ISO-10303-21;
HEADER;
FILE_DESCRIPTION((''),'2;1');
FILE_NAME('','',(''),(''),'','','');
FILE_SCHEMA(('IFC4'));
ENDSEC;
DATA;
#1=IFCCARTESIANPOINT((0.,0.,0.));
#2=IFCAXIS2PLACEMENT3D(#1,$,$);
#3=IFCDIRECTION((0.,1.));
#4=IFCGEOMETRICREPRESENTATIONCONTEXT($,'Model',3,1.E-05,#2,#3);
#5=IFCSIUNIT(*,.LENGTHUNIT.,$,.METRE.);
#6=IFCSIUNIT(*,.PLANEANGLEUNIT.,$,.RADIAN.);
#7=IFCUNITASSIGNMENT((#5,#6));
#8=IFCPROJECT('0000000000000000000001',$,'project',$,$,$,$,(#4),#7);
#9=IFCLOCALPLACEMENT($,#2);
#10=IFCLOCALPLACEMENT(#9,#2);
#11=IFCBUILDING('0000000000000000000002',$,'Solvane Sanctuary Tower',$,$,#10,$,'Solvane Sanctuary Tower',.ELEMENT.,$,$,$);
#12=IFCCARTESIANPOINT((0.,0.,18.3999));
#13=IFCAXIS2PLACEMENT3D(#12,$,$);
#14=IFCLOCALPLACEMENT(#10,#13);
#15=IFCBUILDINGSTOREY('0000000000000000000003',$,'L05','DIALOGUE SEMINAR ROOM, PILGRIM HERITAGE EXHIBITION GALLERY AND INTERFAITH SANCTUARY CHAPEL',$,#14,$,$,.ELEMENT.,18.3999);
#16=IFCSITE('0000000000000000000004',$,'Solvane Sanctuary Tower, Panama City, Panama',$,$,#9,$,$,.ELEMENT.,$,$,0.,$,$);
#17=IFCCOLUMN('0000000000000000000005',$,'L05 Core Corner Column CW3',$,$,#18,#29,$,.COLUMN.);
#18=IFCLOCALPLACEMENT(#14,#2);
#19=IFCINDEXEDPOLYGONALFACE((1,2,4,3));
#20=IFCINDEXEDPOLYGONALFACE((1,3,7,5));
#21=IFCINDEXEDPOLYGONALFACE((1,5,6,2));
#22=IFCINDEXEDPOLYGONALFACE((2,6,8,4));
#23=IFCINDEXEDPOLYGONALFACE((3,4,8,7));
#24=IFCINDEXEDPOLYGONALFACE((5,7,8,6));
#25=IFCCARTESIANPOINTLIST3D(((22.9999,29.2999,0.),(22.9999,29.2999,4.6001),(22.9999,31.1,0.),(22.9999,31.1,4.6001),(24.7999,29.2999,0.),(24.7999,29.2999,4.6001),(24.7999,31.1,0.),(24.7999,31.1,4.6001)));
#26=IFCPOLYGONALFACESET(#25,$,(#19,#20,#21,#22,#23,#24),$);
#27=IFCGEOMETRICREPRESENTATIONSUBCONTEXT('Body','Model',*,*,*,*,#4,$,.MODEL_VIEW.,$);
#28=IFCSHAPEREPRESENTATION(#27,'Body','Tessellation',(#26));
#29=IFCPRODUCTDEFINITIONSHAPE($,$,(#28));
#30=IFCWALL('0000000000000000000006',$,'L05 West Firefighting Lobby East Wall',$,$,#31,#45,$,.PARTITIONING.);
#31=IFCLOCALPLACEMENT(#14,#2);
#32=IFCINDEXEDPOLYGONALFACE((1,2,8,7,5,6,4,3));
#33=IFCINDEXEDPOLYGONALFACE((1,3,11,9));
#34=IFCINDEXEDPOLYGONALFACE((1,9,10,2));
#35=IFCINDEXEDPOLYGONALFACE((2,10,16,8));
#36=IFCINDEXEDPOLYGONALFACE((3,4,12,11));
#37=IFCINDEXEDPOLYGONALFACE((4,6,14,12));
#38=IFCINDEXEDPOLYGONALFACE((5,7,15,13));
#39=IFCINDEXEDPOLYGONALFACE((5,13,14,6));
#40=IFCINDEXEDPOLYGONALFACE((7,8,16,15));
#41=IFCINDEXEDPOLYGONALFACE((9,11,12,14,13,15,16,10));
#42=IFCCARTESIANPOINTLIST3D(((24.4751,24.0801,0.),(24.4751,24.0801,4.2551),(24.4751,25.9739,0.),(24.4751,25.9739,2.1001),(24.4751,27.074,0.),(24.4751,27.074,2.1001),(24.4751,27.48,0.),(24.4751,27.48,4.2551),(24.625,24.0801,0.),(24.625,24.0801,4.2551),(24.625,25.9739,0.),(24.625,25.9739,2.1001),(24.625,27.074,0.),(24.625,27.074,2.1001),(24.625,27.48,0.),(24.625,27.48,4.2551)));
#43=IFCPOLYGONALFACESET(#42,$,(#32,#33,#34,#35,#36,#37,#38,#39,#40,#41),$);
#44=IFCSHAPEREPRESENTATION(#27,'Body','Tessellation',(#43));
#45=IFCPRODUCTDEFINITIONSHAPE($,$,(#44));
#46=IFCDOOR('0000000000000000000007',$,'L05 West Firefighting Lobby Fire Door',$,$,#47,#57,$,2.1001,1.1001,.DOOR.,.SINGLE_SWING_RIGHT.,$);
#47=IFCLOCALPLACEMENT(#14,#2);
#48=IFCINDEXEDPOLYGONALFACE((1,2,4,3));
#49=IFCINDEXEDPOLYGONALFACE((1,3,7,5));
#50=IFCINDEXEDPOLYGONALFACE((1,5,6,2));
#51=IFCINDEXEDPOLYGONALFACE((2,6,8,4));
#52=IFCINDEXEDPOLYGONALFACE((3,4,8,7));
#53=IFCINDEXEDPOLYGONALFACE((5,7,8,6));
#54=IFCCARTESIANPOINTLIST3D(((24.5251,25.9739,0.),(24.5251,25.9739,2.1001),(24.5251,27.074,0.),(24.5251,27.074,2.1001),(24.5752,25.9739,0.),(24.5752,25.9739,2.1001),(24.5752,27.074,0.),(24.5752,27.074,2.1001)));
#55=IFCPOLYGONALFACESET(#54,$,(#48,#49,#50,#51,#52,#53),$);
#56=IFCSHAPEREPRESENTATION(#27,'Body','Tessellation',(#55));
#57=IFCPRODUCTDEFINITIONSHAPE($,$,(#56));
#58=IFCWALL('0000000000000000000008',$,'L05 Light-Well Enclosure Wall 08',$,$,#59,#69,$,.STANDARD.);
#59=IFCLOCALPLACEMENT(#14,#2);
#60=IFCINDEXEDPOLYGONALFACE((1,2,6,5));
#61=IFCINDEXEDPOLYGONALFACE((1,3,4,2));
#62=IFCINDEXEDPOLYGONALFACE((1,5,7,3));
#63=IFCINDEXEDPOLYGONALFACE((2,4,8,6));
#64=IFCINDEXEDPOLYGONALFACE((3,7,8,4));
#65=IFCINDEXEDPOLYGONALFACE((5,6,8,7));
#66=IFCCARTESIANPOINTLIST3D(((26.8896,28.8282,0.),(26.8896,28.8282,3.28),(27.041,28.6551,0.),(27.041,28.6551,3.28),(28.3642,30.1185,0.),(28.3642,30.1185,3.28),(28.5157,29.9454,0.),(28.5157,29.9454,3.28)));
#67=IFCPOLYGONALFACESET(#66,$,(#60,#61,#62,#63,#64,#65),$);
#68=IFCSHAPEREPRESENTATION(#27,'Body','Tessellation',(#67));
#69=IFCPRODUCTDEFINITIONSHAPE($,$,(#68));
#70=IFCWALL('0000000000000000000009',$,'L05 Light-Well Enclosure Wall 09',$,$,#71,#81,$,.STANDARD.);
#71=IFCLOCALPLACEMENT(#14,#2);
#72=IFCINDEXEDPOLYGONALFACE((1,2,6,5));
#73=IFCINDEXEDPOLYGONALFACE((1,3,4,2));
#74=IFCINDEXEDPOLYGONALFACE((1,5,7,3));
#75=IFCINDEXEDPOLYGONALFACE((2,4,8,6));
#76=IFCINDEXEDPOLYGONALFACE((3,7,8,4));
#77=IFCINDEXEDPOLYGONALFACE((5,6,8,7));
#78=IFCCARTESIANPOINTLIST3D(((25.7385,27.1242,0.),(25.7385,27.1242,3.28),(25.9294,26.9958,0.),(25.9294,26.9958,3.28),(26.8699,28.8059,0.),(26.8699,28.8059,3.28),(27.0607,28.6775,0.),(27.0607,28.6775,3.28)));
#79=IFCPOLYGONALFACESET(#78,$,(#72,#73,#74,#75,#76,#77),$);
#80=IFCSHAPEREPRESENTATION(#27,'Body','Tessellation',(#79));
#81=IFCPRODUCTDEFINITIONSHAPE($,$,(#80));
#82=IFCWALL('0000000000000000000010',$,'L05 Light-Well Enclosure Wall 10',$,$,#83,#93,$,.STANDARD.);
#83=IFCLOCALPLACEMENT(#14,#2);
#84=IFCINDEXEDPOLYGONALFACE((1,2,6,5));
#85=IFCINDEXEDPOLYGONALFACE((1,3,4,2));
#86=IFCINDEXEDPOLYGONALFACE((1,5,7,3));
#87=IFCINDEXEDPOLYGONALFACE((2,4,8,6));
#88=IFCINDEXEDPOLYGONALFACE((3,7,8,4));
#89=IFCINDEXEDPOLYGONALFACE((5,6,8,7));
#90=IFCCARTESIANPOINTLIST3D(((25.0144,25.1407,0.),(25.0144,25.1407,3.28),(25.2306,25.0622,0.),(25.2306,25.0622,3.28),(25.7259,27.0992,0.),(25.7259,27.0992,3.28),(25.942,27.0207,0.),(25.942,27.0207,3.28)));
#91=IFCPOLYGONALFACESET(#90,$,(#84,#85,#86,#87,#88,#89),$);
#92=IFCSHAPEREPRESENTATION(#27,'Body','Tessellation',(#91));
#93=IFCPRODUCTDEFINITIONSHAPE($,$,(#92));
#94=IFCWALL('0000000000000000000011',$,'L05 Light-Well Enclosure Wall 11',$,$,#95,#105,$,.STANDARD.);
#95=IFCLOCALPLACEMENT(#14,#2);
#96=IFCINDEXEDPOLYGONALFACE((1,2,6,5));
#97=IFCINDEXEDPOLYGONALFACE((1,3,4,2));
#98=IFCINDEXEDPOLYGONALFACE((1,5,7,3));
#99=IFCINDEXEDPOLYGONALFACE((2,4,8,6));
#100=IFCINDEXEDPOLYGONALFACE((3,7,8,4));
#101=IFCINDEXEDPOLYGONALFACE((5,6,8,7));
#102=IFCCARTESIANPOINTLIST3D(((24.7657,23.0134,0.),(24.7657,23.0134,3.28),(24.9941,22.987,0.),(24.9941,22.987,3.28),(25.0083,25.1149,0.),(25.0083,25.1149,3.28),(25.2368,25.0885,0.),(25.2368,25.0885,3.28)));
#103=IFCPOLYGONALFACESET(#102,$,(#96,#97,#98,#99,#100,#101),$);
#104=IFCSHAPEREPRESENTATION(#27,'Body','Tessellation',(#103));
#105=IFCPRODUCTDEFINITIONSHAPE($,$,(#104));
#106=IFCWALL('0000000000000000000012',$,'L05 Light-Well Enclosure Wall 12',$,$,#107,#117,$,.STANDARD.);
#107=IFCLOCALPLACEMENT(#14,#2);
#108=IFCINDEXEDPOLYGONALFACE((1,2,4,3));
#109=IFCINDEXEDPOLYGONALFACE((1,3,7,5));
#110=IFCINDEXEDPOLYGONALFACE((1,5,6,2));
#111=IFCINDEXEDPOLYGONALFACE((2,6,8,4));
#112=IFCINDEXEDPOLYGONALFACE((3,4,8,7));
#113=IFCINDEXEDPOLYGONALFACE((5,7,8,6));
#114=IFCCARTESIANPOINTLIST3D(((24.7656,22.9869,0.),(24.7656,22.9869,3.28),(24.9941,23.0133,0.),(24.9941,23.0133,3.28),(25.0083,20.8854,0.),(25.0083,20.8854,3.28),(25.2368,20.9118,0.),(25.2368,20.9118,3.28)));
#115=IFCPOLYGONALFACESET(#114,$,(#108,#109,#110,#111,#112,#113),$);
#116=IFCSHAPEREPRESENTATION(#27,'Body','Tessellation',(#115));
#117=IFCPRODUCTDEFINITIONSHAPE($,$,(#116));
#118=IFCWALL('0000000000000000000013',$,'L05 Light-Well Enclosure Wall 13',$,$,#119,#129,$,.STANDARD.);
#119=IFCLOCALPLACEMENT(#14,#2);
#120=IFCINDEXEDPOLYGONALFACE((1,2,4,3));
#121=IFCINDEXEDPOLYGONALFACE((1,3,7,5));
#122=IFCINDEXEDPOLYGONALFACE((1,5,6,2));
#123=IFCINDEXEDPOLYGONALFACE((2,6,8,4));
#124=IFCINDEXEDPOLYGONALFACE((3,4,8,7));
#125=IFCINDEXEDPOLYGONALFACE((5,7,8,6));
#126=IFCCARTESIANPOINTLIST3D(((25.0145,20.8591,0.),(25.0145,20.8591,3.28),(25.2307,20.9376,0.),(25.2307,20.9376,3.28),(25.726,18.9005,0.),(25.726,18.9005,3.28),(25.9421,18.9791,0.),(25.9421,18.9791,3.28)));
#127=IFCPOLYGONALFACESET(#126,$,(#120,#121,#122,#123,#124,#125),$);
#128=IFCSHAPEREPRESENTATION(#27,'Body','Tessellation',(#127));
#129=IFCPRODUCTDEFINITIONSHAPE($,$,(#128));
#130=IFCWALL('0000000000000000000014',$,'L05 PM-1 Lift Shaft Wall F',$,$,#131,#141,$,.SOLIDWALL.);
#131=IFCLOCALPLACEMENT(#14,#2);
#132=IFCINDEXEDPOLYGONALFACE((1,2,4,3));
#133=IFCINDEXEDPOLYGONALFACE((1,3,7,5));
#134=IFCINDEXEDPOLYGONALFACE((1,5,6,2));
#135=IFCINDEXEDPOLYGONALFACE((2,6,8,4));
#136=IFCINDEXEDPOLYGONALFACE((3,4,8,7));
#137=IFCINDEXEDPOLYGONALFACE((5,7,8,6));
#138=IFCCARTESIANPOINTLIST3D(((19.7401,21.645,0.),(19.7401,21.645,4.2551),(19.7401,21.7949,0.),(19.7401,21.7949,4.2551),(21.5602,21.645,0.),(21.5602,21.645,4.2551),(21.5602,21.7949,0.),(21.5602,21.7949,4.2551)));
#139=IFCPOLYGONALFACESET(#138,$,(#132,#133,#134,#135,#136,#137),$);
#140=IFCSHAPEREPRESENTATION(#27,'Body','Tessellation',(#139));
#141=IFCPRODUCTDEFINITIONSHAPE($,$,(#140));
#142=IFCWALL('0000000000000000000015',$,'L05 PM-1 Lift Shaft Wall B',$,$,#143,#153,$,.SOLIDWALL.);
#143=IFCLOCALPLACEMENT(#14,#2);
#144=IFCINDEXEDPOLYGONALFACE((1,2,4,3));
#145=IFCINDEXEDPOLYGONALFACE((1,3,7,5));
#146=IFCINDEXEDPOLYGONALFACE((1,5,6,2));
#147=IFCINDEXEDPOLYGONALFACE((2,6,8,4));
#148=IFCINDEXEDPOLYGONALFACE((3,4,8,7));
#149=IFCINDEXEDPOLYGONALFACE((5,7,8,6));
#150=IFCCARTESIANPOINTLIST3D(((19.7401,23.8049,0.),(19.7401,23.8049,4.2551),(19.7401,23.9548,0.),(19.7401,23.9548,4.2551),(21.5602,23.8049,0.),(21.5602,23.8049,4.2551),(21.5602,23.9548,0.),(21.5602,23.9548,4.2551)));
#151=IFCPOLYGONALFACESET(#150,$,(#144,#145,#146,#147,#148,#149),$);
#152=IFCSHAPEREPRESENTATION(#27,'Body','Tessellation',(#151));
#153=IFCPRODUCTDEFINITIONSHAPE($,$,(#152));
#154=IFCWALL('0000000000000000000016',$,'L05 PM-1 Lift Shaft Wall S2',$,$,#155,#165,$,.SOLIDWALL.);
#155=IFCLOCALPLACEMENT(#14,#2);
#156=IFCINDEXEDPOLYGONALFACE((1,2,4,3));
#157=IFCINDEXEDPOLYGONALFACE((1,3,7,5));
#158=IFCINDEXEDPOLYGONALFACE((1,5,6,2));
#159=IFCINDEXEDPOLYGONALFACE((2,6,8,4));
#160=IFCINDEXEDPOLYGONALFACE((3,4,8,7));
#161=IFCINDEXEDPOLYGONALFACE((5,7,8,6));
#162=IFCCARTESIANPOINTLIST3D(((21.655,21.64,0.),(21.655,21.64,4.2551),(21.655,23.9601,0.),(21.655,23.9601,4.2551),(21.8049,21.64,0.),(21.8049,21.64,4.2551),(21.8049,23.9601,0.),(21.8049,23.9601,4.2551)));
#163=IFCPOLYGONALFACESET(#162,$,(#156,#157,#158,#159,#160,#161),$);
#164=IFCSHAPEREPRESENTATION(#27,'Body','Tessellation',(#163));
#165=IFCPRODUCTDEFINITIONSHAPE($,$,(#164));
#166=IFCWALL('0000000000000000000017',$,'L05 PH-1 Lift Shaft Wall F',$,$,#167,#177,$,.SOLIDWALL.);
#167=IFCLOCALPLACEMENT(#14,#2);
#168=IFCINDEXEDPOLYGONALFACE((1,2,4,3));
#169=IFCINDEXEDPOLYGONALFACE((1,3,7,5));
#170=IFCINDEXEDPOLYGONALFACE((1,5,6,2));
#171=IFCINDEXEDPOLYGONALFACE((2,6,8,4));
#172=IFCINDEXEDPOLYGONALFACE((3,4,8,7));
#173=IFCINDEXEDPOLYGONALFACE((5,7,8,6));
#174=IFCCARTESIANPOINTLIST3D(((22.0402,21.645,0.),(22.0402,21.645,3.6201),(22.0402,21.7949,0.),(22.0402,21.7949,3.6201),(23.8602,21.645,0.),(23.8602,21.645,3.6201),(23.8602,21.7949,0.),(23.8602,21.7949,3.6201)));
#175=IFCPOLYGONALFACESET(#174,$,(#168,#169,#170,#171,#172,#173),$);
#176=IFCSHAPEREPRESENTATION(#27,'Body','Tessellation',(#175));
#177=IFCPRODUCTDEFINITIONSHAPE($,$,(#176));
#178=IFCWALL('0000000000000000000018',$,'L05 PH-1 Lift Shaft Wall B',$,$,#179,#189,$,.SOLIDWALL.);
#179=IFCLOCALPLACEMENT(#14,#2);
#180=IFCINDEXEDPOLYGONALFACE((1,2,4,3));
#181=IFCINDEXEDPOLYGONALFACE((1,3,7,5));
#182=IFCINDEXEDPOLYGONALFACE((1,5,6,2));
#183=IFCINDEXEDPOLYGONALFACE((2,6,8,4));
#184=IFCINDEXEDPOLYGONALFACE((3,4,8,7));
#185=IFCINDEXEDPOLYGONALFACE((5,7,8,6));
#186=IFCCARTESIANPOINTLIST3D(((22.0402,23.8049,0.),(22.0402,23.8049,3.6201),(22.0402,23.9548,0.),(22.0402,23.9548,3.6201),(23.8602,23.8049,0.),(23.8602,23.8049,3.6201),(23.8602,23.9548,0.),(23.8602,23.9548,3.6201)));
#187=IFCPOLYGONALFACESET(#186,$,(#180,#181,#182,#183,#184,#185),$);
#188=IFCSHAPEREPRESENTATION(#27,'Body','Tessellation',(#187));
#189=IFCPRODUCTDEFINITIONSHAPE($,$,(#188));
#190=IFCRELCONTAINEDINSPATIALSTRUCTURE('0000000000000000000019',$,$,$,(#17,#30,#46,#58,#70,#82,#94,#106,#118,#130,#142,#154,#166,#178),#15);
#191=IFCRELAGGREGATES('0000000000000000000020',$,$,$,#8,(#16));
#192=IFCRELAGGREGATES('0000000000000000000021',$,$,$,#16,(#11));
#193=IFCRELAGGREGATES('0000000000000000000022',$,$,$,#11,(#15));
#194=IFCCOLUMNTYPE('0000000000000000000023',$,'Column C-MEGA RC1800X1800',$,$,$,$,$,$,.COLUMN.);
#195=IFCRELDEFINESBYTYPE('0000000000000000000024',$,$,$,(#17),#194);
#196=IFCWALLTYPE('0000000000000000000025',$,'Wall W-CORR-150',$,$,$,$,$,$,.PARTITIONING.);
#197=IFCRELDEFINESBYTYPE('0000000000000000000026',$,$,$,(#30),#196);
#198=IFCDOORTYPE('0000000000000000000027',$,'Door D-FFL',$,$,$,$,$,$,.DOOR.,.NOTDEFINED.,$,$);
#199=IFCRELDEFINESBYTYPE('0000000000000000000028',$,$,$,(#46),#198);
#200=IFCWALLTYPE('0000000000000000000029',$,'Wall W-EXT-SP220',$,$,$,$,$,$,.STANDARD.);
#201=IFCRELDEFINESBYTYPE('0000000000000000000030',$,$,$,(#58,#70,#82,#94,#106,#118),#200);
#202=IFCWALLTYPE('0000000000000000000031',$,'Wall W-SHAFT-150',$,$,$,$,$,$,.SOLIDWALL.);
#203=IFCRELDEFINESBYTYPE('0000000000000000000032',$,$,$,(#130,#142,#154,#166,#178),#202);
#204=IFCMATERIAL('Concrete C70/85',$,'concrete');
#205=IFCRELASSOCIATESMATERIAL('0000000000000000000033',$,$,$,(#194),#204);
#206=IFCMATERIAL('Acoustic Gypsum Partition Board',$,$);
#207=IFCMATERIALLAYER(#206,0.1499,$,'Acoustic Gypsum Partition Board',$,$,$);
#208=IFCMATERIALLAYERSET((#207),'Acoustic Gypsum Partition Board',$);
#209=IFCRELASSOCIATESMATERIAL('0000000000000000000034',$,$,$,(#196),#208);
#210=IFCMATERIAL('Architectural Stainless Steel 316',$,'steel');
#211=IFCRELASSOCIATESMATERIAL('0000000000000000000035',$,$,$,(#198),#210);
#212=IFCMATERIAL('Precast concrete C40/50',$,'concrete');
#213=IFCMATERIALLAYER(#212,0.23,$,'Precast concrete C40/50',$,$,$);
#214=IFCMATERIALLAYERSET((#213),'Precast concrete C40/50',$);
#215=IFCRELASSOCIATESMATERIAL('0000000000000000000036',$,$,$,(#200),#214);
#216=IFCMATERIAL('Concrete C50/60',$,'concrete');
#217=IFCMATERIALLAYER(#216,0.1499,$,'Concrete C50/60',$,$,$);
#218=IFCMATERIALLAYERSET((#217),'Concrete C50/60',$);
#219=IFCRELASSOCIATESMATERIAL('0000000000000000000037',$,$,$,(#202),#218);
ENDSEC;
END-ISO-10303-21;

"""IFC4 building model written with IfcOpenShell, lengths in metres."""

from ifc_helpers import new_model, si_unit, direction, frame, frame_2d, origin, origin_2d, place, context, subcontext, project, spatial, rectangle, extrude, material, layer, layer_set, material_profile, profile_set, type_object, element, fill, save


model = new_model("IFC4")

# Units and contexts
model_context = context("Model", 3, precision=1e-05, world=origin(), true_north=direction((0.0, 1.0)))
body_context = subcontext(model_context, "Body", "Model", "MODEL_VIEW")
ifc_project = project(units=[si_unit("LENGTHUNIT", "METRE"), si_unit("PLANEANGLEUNIT", "RADIAN")], contexts=[model_context])

# Site, building, storey
site_placement = place(None, origin())
site = spatial("IfcSite", under=ifc_project, at=site_placement, Name="Solvane Sanctuary Tower, Panama City, Panama", CompositionType="ELEMENT", RefElevation=0.0)
building_placement = place(site_placement, origin())
building = spatial("IfcBuilding", under=site, at=building_placement, Name="Solvane Sanctuary Tower", LongName="Solvane Sanctuary Tower", CompositionType="ELEMENT")
storey_placement = place(building_placement, frame((0.0, 0.0, 18.3999)))
storey = spatial("IfcBuildingStorey", under=building, at=storey_placement, Name="L05", Description="DIALOGUE SEMINAR ROOM, PILGRIM HERITAGE EXHIBITION GALLERY AND INTERFAITH SANCTUARY CHAPEL", CompositionType="ELEMENT", Elevation=18.3999)

# Column
ifc_material_1 = material(Name="Concrete C70/85", Category="concrete")
ifc_material_profile = material_profile(ifc_material_1, rectangle(XDim=1.8, YDim=1.8, at=origin_2d()), Name="RC1800X1800")
ifc_profile_set = profile_set([ifc_material_profile], Name="Concrete C70/85")
column_type = type_object("IfcColumnType", Name="Column C-MEGA RC1800X1800", PredefinedType="COLUMN", material=ifc_profile_set)
column_placement = place(storey_placement, frame((23.8999, 30.2, 0.0), z_axis=(0.0, 0.0, 1.0), x_axis=(1.0, 0.0, 0.0)))
element("IfcColumn", 1, at=column_placement, inside=storey, type_object=column_type, Name="L05 Core Corner Column CW3", PredefinedType="COLUMN", context=body_context, shape_type="SweptSolid", body=[
    extrude(rectangle(XDim=1.8, YDim=1.8, at=origin_2d()), origin(), (0.0, 0.0, 1.0), 4.6001),
])

# Wall, opening, door
ifc_material_2 = material(Name="Acoustic Gypsum Partition Board")
ifc_layer_1 = layer(ifc_material_2, 0.1499, Name="Acoustic Gypsum Partition Board")
ifc_layer_set_1 = layer_set([ifc_layer_1], Name="Acoustic Gypsum Partition Board")
wall_type_1 = type_object("IfcWallType", Name="Wall W-CORR-150", PredefinedType="PARTITIONING", material=ifc_layer_set_1)
wall_1_placement = place(storey_placement, frame((24.55, 24.0801, 0.0), z_axis=(0.0, 0.0, 1.0), x_axis=(0.0, 1.0, 0.0)))
wall_1 = element("IfcWall", 2, at=wall_1_placement, inside=storey, type_object=wall_type_1, Name="L05 West Firefighting Lobby East Wall", PredefinedType="PARTITIONING", context=body_context, shape_type="SweptSolid", body=[
    extrude(rectangle(XDim=3.3999, YDim=0.1499, at=frame_2d((1.7, 0.0))), origin(), (0.0, 0.0, 1.0), 4.2551),
])
opening_1_placement = place(wall_1_placement, frame((1.8938, 0.0, 0.0)))
opening_1 = element("IfcOpeningElement", 3, at=opening_1_placement, cuts=wall_1, PredefinedType="OPENING", context=body_context, shape_type="SweptSolid", body=[
    extrude(rectangle(XDim=1.1001, YDim=2.1001, at=frame_2d((0.55, 1.05))), frame((0.0, 0.085, 0.0), z_axis=(0.0, -1.0, 0.0), x_axis=(1.0, 0.0, 0.0)), (0.0, 0.0, 1.0), 0.1699),
])
ifc_material_3 = material(Name="Architectural Stainless Steel 316", Category="steel")
door_type_1 = type_object("IfcDoorType", Name="Door D-FFL", OperationType="NOTDEFINED", PredefinedType="DOOR", material=ifc_material_3)
door_1_placement = place(opening_1_placement, origin())
door_1 = element("IfcDoor", 4, at=door_1_placement, inside=storey, type_object=door_type_1, Name="L05 West Firefighting Lobby Fire Door", OperationType="SINGLE_SWING_RIGHT", OverallHeight=2.1001, OverallWidth=1.1001, PredefinedType="DOOR", context=body_context, shape_type="SweptSolid", body=[
    extrude(rectangle(XDim=1.1001, YDim=2.1001, at=frame_2d((0.55, 1.05))), frame((0.0, 0.0249, 0.0), z_axis=(0.0, -1.0, 0.0), x_axis=(1.0, 0.0, 0.0)), (0.0, 0.0, 1.0), 0.05),
])
fill(opening_1, door_1)

# Walls
ifc_material_4 = material(Name="Precast concrete C40/50", Category="concrete")
ifc_layer_2 = layer(ifc_material_4, 0.23, Name="Precast concrete C40/50")
ifc_layer_set_2 = layer_set([ifc_layer_2], Name="Precast concrete C40/50")
wall_type_2 = type_object("IfcWallType", Name="Wall W-EXT-SP220", PredefinedType="STANDARD", material=ifc_layer_set_2)
wall_2_placement = place(storey_placement, frame((28.4399, 30.032, 0.0), z_axis=(0.0, 0.0, 1.0), x_axis=(-0.752577, -0.658505, 0.0)))
element("IfcWall", 5, at=wall_2_placement, inside=storey, type_object=wall_type_2, Name="L05 Light-Well Enclosure Wall 08", PredefinedType="STANDARD", context=body_context, shape_type="SweptSolid", body=[
    extrude(rectangle(XDim=1.9595, YDim=0.23, at=frame_2d((0.9797, 0.0))), origin(), (0.0, 0.0, 1.0), 3.28),
])
wall_3_placement = place(storey_placement, frame((26.9653, 28.7417, 0.0), z_axis=(0.0, 0.0, 1.0), x_axis=(-0.558198, -0.829708, 0.0)))
element("IfcWall", 6, at=wall_3_placement, inside=storey, type_object=wall_type_2, Name="L05 Light-Well Enclosure Wall 09", PredefinedType="STANDARD", context=body_context, shape_type="SweptSolid", body=[
    extrude(rectangle(XDim=2.0269, YDim=0.23, at=frame_2d((1.0134, 0.0))), origin(), (0.0, 0.0, 1.0), 3.28),
])
wall_4_placement = place(storey_placement, frame((25.834, 27.0601, 0.0), z_axis=(0.0, 0.0, 1.0), x_axis=(-0.341423, -0.93991, 0.0)))
element("IfcWall", 7, at=wall_4_placement, inside=storey, type_object=wall_type_2, Name="L05 Light-Well Enclosure Wall 10", PredefinedType="STANDARD", context=body_context, shape_type="SweptSolid", body=[
    extrude(rectangle(XDim=2.0837, YDim=0.23, at=frame_2d((1.042, 0.0))), origin(), (0.0, 0.0, 1.0), 3.28),
])
for number, where, z_axis, x_axis, name in (
    (8, (25.1226, 25.1016, 0.0), (0.0, 0.0, 1.0), (-0.114712, -0.993399, 0.0), "L05 Light-Well Enclosure Wall 11"),
    (9, (24.8799, 23.0, 0.0), (0.0, 0.0, 1.0), (0.114712, -0.993399, 0.0), "L05 Light-Well Enclosure Wall 12"),
):
    element("IfcWall", number, at=place(storey_placement, frame(where, z_axis=z_axis, x_axis=x_axis)), inside=storey, type_object=wall_type_2, Name=name, PredefinedType="STANDARD", context=body_context, shape_type="SweptSolid", body=[
        extrude(rectangle(XDim=2.1155, YDim=0.23, at=frame_2d((1.0576, 0.0))), origin(), (0.0, 0.0, 1.0), 3.28),
    ])
wall_5_placement = place(storey_placement, frame((25.1226, 20.8984, 0.0), z_axis=(0.0, 0.0, 1.0), x_axis=(0.341423, -0.93991, 0.0)))
element("IfcWall", 10, at=wall_5_placement, inside=storey, type_object=wall_type_2, Name="L05 Light-Well Enclosure Wall 13", PredefinedType="STANDARD", context=body_context, shape_type="SweptSolid", body=[
    extrude(rectangle(XDim=2.0837, YDim=0.23, at=frame_2d((1.042, 0.0))), origin(), (0.0, 0.0, 1.0), 3.28),
])
ifc_material_5 = material(Name="Concrete C50/60", Category="concrete")
ifc_layer_3 = layer(ifc_material_5, 0.1499, Name="Concrete C50/60")
ifc_layer_set_3 = layer_set([ifc_layer_3], Name="Concrete C50/60")
wall_type_3 = type_object("IfcWallType", Name="Wall W-SHAFT-150", PredefinedType="SOLIDWALL", material=ifc_layer_set_3)
for number, where, z_axis, x_axis, name in (
    (11, (19.74, 21.72, 0.0), (0.0, 0.0, 1.0), (1.0, 0.0, 0.0), "L05 PM-1 Lift Shaft Wall F"),
    (12, (19.74, 23.8799, 0.0), (0.0, 0.0, 1.0), (1.0, 0.0, 0.0), "L05 PM-1 Lift Shaft Wall B"),
):
    element("IfcWall", number, at=place(storey_placement, frame(where, z_axis=z_axis, x_axis=x_axis)), inside=storey, type_object=wall_type_3, Name=name, PredefinedType="SOLIDWALL", context=body_context, shape_type="SweptSolid", body=[
        extrude(rectangle(XDim=1.8201, YDim=0.1499, at=frame_2d((0.9102, 0.0))), origin(), (0.0, 0.0, 1.0), 4.2551),
    ])
wall_6_placement = place(storey_placement, frame((21.73, 21.6399, 0.0), z_axis=(0.0, 0.0, 1.0), x_axis=(0.0, 1.0, 0.0)))
element("IfcWall", 13, at=wall_6_placement, inside=storey, type_object=wall_type_3, Name="L05 PM-1 Lift Shaft Wall S2", PredefinedType="SOLIDWALL", context=body_context, shape_type="SweptSolid", body=[
    extrude(rectangle(XDim=2.3201, YDim=0.1499, at=frame_2d((1.1602, 0.0))), origin(), (0.0, 0.0, 1.0), 4.2551),
])
for number, where, z_axis, x_axis, name in (
    (14, (22.04, 21.72, 0.0), (0.0, 0.0, 1.0), (1.0, 0.0, 0.0), "L05 PH-1 Lift Shaft Wall F"),
    (15, (22.04, 23.8799, 0.0), (0.0, 0.0, 1.0), (1.0, 0.0, 0.0), "L05 PH-1 Lift Shaft Wall B"),
):
    element("IfcWall", number, at=place(storey_placement, frame(where, z_axis=z_axis, x_axis=x_axis)), inside=storey, type_object=wall_type_3, Name=name, PredefinedType="SOLIDWALL", context=body_context, shape_type="SweptSolid", body=[
        extrude(rectangle(XDim=1.8201, YDim=0.1499, at=frame_2d((0.9102, 0.0))), origin(), (0.0, 0.0, 1.0), 3.6201),
    ])

save(model, "model.ifc")
